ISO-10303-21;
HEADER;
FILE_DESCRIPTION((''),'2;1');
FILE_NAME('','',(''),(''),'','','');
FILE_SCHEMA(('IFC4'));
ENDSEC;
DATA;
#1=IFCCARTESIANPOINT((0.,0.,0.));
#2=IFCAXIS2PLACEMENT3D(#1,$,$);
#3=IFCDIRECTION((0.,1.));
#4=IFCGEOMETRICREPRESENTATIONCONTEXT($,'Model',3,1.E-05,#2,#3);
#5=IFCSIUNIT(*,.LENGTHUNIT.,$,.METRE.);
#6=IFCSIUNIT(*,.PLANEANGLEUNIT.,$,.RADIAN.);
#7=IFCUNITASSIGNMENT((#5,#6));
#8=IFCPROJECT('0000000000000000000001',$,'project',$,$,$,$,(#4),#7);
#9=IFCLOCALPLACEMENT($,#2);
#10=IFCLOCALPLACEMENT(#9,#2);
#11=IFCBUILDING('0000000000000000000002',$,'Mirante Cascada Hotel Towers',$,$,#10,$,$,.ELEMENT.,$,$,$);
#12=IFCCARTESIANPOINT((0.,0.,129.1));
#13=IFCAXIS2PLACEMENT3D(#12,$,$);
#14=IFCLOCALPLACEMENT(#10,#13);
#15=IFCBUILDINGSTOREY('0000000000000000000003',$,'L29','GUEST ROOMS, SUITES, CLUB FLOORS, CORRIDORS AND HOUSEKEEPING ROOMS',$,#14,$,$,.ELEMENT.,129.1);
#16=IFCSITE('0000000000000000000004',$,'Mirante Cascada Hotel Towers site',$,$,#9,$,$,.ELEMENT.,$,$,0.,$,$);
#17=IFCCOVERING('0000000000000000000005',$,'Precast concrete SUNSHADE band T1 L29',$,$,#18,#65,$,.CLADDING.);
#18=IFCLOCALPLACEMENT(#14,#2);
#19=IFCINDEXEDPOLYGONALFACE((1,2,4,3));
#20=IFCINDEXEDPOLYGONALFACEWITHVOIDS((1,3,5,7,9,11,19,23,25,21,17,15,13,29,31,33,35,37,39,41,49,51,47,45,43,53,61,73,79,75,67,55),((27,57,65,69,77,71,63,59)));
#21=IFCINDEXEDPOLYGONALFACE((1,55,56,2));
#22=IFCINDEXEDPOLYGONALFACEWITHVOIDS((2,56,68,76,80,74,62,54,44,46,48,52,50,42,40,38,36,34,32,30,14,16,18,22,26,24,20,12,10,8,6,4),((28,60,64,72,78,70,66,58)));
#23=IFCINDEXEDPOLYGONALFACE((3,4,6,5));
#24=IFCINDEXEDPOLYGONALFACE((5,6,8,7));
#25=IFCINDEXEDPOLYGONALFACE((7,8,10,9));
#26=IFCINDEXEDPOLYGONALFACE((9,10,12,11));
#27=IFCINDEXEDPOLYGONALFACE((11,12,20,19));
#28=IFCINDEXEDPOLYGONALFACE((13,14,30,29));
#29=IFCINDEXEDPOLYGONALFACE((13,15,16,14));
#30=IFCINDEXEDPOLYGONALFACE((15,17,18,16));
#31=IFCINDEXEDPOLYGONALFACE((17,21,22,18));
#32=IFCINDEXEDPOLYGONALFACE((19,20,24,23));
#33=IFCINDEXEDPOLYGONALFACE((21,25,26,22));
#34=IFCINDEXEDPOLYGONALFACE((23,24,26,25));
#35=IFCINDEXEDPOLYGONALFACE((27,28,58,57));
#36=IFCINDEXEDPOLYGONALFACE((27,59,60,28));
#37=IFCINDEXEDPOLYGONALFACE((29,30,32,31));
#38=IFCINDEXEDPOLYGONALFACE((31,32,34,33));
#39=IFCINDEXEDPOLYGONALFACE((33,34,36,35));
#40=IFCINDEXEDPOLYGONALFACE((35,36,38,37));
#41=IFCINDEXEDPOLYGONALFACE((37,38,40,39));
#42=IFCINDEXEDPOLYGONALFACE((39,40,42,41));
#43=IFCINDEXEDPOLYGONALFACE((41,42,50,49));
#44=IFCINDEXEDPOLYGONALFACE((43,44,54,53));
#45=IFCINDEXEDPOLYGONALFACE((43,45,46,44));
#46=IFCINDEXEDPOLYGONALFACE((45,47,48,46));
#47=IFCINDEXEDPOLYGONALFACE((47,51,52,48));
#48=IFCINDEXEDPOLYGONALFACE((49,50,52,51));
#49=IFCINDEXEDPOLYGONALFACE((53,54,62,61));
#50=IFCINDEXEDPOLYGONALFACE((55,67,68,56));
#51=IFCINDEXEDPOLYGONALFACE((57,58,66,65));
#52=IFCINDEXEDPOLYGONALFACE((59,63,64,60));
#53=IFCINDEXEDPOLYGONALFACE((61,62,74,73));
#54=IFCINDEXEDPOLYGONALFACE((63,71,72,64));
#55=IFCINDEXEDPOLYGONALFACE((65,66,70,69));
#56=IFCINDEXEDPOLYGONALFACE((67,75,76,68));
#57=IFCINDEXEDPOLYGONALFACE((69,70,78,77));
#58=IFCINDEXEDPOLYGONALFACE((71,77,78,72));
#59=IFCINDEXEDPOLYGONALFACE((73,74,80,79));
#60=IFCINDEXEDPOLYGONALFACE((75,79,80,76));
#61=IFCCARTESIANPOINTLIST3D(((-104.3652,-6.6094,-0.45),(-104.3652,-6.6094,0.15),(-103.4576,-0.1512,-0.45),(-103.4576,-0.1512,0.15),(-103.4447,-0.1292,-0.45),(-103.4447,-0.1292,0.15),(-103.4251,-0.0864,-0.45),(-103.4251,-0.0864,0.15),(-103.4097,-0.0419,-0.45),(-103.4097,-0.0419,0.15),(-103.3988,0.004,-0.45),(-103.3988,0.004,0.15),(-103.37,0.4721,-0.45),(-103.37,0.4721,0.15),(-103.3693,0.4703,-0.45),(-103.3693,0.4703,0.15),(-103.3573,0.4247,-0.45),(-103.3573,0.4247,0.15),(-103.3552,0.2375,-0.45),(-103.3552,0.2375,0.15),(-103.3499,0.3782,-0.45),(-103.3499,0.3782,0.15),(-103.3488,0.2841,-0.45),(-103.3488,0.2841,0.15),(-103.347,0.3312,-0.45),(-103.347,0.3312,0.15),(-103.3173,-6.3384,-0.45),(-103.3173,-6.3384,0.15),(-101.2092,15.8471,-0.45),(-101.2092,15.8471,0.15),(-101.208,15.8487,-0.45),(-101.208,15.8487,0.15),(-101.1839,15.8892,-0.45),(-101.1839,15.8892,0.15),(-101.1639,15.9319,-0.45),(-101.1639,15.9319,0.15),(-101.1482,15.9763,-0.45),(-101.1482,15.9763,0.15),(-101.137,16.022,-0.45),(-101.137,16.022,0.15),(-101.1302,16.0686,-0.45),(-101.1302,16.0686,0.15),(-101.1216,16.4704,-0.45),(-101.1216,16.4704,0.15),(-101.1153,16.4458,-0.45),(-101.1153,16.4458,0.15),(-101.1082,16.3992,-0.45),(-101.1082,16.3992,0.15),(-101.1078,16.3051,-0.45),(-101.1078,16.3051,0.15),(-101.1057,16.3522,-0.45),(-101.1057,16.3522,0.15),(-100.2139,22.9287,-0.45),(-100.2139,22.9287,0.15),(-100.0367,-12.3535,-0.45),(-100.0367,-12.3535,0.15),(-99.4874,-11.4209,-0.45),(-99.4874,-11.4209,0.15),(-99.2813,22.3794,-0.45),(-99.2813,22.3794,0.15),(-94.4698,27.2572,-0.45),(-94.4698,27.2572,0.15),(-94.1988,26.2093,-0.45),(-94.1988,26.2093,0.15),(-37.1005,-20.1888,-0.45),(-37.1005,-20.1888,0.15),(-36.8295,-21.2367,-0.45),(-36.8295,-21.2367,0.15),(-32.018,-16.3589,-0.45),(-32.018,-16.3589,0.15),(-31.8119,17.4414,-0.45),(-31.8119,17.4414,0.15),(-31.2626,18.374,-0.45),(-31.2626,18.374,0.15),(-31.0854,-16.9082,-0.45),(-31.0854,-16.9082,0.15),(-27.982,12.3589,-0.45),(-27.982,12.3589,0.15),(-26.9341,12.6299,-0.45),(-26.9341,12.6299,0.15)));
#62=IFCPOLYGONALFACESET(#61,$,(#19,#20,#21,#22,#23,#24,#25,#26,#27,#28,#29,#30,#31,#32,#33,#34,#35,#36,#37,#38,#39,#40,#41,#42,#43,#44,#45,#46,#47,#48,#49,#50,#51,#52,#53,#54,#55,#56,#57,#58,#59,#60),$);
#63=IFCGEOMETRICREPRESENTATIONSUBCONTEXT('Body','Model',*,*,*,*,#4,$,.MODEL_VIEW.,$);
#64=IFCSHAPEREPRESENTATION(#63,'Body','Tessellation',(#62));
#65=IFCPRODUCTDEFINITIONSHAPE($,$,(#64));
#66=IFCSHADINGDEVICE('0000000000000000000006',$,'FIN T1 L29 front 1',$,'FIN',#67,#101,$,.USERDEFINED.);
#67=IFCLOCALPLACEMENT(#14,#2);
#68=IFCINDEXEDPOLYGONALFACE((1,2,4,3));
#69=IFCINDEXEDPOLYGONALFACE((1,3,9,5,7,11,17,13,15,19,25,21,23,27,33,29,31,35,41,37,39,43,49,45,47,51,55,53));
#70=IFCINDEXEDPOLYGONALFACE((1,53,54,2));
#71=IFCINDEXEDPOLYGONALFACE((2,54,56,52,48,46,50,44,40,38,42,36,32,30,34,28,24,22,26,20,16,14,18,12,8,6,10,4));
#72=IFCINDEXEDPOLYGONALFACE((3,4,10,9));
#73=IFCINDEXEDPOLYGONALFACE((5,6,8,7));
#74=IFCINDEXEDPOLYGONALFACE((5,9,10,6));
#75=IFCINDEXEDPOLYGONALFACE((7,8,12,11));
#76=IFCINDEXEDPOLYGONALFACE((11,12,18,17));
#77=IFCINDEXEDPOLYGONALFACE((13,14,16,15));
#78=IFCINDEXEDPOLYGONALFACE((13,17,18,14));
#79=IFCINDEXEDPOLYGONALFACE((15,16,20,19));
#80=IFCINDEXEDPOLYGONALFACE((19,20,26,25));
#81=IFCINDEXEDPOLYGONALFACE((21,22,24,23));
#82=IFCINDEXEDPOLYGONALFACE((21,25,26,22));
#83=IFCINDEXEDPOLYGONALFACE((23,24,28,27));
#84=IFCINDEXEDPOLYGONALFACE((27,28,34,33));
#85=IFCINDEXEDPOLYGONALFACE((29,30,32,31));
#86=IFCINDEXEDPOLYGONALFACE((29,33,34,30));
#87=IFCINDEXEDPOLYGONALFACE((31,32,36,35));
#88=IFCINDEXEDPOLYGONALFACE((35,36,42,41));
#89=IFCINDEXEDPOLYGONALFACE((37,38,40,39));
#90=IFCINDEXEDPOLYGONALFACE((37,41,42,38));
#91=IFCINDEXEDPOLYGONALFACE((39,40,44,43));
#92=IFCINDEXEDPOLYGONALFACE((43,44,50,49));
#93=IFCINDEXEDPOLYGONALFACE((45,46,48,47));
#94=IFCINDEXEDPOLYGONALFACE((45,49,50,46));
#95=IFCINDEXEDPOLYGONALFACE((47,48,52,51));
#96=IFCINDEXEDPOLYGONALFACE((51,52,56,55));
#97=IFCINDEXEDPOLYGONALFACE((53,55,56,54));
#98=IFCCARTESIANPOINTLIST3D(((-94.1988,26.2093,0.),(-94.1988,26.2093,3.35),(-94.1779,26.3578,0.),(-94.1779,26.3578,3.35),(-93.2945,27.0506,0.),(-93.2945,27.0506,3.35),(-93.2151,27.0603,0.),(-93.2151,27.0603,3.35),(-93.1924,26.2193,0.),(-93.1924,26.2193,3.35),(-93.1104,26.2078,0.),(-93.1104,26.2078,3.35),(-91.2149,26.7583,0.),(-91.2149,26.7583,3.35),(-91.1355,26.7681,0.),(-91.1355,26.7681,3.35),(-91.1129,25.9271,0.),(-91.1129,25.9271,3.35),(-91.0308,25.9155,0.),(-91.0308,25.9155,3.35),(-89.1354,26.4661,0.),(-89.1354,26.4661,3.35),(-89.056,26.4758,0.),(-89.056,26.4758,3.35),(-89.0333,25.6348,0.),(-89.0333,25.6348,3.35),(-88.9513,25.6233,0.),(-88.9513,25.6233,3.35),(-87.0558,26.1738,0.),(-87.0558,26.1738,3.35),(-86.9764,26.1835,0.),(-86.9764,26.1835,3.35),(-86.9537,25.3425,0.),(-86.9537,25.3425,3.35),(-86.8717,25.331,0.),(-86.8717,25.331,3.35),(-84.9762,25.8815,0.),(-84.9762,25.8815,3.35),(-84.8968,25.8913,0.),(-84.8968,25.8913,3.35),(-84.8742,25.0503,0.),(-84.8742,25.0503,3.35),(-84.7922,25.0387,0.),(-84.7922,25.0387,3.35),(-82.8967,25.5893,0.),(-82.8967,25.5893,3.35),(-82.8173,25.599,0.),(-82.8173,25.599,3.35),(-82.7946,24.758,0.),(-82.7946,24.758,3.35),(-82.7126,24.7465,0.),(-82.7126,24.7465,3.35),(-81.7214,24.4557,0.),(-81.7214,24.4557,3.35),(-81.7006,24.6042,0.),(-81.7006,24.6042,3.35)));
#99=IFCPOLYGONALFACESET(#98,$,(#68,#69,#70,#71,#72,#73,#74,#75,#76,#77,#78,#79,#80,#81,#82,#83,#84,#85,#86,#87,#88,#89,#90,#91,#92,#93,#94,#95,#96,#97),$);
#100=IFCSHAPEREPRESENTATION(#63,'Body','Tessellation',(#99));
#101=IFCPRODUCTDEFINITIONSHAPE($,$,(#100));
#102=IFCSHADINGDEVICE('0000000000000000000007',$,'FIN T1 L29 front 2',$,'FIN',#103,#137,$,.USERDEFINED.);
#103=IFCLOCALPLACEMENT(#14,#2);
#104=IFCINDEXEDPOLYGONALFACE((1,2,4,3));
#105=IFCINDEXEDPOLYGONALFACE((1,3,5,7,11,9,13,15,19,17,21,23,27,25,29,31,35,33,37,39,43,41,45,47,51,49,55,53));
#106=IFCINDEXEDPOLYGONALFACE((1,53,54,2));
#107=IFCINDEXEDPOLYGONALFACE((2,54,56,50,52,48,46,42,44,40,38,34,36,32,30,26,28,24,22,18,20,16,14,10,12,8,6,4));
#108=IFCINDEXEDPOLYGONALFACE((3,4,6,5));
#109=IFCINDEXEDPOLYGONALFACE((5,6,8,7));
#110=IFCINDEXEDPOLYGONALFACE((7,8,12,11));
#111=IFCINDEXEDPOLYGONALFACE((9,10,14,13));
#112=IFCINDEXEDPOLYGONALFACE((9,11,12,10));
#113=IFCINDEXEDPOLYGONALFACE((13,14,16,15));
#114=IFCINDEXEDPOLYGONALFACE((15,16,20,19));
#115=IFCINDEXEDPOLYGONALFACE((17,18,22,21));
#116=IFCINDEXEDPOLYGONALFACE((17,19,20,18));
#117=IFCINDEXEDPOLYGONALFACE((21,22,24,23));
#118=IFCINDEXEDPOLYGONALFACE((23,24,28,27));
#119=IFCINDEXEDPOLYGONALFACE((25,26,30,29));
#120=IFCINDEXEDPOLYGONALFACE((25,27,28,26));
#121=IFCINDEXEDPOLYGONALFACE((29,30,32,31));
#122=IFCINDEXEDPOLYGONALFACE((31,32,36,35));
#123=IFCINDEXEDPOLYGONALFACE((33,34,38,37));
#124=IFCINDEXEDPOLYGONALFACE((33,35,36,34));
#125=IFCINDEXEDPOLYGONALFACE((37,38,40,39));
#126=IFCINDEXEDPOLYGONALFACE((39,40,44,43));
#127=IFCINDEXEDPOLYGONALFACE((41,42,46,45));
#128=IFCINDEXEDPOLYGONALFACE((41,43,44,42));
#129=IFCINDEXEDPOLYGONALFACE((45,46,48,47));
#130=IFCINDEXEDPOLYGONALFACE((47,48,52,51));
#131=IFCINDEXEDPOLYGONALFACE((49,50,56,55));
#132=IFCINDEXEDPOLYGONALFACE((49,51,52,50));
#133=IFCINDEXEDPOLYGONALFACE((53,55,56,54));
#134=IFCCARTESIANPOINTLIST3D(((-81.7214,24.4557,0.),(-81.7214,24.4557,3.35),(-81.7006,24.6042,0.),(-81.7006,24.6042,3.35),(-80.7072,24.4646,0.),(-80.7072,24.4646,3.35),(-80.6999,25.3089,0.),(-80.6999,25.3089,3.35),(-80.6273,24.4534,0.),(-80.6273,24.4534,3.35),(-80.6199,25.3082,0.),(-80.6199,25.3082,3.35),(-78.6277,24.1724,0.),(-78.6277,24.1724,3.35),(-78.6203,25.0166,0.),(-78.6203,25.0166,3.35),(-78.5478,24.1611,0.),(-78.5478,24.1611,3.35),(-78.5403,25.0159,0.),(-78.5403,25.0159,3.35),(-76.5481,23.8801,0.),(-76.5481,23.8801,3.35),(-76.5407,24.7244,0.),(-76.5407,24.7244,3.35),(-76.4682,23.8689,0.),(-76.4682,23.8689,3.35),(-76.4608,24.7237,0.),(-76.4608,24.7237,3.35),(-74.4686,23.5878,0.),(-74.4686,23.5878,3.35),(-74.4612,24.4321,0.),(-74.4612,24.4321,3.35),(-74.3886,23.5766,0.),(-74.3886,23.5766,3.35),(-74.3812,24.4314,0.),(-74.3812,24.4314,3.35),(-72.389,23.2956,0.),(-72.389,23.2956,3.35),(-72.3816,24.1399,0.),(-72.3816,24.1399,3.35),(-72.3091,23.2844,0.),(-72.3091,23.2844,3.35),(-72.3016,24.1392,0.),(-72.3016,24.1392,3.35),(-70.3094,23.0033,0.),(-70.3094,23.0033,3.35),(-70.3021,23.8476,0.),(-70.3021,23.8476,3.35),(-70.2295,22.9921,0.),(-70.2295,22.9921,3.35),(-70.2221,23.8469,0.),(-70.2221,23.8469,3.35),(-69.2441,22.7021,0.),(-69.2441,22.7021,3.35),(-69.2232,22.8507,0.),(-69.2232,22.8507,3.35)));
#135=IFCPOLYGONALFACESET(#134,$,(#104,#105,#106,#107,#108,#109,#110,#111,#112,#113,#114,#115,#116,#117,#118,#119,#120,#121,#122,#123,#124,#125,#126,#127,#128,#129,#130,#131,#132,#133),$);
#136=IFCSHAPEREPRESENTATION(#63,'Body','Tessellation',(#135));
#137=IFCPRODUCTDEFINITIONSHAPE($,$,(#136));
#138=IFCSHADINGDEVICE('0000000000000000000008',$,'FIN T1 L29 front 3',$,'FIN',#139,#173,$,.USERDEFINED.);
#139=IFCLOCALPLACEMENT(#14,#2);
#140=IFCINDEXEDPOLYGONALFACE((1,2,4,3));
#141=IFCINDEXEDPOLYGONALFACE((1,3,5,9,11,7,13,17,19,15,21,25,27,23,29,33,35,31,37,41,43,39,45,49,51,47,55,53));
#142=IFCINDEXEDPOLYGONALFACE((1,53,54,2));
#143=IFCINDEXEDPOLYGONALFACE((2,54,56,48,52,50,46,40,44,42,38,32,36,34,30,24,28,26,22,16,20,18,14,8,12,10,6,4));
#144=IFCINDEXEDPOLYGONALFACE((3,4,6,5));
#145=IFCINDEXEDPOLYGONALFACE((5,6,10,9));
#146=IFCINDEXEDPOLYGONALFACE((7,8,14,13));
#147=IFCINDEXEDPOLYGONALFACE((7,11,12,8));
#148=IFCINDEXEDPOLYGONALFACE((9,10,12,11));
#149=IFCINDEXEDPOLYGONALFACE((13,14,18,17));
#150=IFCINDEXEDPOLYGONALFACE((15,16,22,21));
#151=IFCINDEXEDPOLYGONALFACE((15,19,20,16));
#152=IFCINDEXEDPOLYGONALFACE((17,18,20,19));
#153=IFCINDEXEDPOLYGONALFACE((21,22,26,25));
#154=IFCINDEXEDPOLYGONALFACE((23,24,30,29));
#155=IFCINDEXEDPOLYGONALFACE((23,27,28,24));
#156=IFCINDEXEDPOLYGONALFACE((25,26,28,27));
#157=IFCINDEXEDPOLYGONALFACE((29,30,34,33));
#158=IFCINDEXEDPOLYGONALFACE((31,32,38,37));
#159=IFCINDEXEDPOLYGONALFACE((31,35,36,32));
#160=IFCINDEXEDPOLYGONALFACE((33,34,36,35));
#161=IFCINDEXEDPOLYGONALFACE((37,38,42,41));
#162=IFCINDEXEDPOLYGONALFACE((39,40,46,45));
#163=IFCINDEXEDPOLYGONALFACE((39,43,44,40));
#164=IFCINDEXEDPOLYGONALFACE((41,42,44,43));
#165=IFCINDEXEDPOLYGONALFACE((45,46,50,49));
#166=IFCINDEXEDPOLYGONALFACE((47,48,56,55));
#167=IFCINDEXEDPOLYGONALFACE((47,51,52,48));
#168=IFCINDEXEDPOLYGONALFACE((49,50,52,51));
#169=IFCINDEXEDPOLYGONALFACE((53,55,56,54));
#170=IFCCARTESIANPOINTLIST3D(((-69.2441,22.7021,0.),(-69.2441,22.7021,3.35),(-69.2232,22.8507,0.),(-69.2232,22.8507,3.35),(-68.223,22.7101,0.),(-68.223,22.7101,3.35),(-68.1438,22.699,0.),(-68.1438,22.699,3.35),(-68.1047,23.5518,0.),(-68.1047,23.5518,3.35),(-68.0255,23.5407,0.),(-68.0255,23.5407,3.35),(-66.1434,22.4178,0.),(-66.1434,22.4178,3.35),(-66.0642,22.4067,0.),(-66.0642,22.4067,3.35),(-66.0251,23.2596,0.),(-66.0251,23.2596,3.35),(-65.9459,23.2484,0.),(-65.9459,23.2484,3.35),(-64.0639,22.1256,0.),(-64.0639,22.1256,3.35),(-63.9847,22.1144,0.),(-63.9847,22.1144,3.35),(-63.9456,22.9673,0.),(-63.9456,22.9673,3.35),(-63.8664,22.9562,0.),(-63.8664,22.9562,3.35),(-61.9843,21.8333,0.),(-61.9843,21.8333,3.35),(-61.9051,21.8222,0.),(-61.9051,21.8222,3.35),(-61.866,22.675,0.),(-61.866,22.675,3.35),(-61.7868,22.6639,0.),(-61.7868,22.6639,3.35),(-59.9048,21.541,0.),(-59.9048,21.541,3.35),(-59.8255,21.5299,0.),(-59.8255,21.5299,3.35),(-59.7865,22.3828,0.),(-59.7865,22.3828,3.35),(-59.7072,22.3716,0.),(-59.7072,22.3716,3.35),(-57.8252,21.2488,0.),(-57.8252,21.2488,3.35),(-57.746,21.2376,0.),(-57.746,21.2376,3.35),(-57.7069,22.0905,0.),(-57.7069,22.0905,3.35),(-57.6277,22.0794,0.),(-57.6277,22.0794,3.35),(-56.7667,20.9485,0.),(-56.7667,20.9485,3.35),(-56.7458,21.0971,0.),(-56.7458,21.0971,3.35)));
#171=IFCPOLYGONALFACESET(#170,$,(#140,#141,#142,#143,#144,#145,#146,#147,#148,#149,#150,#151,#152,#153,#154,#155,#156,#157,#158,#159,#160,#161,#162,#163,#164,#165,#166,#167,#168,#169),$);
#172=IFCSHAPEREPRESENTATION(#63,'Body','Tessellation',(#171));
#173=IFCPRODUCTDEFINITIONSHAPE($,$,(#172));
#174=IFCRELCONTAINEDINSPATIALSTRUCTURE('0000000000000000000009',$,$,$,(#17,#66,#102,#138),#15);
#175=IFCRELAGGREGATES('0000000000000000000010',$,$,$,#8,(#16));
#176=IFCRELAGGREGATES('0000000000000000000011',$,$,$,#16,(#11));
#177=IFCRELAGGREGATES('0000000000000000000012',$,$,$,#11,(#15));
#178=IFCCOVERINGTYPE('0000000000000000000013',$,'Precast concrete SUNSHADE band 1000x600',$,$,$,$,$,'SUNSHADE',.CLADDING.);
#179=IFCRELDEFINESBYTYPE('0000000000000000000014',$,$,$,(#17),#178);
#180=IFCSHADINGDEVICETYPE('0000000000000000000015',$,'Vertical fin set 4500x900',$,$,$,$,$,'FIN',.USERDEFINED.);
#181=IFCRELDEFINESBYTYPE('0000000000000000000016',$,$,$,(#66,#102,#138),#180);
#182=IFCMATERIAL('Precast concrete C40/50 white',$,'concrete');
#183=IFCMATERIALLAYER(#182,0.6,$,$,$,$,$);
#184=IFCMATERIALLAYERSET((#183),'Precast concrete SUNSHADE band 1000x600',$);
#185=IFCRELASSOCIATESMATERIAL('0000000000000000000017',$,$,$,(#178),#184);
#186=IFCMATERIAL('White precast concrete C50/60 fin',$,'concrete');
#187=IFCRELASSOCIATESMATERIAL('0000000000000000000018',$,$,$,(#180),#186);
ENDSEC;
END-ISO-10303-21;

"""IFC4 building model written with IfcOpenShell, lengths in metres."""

from ifc_helpers import new_model, si_unit, direction, frame, origin, place, context, subcontext, project, spatial, polyline, outline, extrude, material, layer, layer_set, type_object, element, save


model = new_model("IFC4")

# Units and contexts
model_context = context("Model", 3, precision=1e-05, world=origin(), true_north=direction((0.0, 1.0)))
body_context = subcontext(model_context, "Body", "Model", "MODEL_VIEW")
ifc_project = project(units=[si_unit("LENGTHUNIT", "METRE"), si_unit("PLANEANGLEUNIT", "RADIAN")], contexts=[model_context])

# Site, building, storey
site_placement = place(None, origin())
site = spatial("IfcSite", under=ifc_project, at=site_placement, Name="Mirante Cascada Hotel Towers site", CompositionType="ELEMENT", RefElevation=0.0)
building_placement = place(site_placement, origin())
building = spatial("IfcBuilding", under=site, at=building_placement, Name="Mirante Cascada Hotel Towers", CompositionType="ELEMENT")
storey_placement = place(building_placement, frame((0.0, 0.0, 129.1)))
storey = spatial("IfcBuildingStorey", under=building, at=storey_placement, Name="L29", Description="GUEST ROOMS, SUITES, CLUB FLOORS, CORRIDORS AND HOUSEKEEPING ROOMS", CompositionType="ELEMENT", Elevation=129.1)

# Covering
ifc_material_1 = material(Name="Precast concrete C40/50 white", Category="concrete")
ifc_layer_1 = layer(ifc_material_1, 0.6)
ifc_layer_set_1 = layer_set([ifc_layer_1], Name="Precast concrete SUNSHADE band 1000x600")
covering_type = type_object("IfcCoveringType", Name="Precast concrete SUNSHADE band 1000x600", ElementType="SUNSHADE", PredefinedType="CLADDING", material=ifc_layer_set_1)
covering_placement = place(storey_placement, frame((0.0, 0.0, -0.45)))
element("IfcCovering", 1, at=covering_placement, inside=storey, type_object=covering_type, Name="Precast concrete SUNSHADE band T1 L29", PredefinedType="CLADDING", context=body_context, shape_type="SweptSolid", body=[
    extrude(outline(polyline([(-104.3652, -6.6094), (-103.4576, -0.1512), (-103.4447, -0.1292), (-103.4251, -0.0864), (-103.4097, -0.0419), (-103.3988, 0.004), (-103.3552, 0.2375), (-103.3488, 0.2841), (-103.347, 0.3312), (-103.3499, 0.3782), (-103.3573, 0.4247), (-103.3693, 0.4703), (-103.37, 0.4721), (-101.2092, 15.8471), (-101.208, 15.8487), (-101.1839, 15.8892), (-101.1639, 15.9319), (-101.1482, 15.9763), (-101.137, 16.022), (-101.1302, 16.0686), (-101.1078, 16.3051), (-101.1057, 16.3522), (-101.1082, 16.3992), (-101.1153, 16.4458), (-101.1216, 16.4704), (-100.2139, 22.9287), (-94.4698, 27.2572), (-31.2626, 18.374), (-26.9341, 12.6299), (-31.0854, -16.9082), (-36.8295, -21.2367), (-100.0367, -12.3535), (-104.3652, -6.6094)]), holes=[polyline([(-27.982, 12.3589), (-31.8119, 17.4414), (-94.1988, 26.2093), (-99.2813, 22.3794), (-103.3173, -6.3384), (-99.4874, -11.4209), (-37.1005, -20.1888), (-32.018, -16.3589), (-27.982, 12.3589)])]), origin(), (0.0, 0.0, 1.0), 0.6),
])

# Shading devices
ifc_material_2 = material(Name="White precast concrete C50/60 fin", Category="concrete")
shading_device_type = type_object("IfcShadingDeviceType", Name="Vertical fin set 4500x900", ElementType="FIN", PredefinedType="USERDEFINED", material=ifc_material_2)
shading_device_1_placement = place(storey_placement, origin())
element("IfcShadingDevice", 2, at=shading_device_1_placement, inside=storey, type_object=shading_device_type, Name="FIN T1 L29 front 1", ObjectType="FIN", PredefinedType="USERDEFINED", context=body_context, shape_type="SweptSolid", body=[
    extrude(outline(polyline([(-82.8173, 25.599), (-82.7126, 24.7465), (-81.7006, 24.6042), (-81.7214, 24.4557), (-94.1988, 26.2093), (-94.1779, 26.3578), (-93.1924, 26.2193), (-93.2945, 27.0506), (-93.2151, 27.0603), (-93.1104, 26.2078), (-91.1129, 25.9271), (-91.2149, 26.7583), (-91.1355, 26.7681), (-91.0308, 25.9155), (-89.0333, 25.6348), (-89.1354, 26.4661), (-89.056, 26.4758), (-88.9513, 25.6233), (-86.9537, 25.3425), (-87.0558, 26.1738), (-86.9764, 26.1835), (-86.8717, 25.331), (-84.8742, 25.0503), (-84.9762, 25.8815), (-84.8968, 25.8913), (-84.7922, 25.0387), (-82.7946, 24.758), (-82.8967, 25.5893), (-82.8173, 25.599)])), origin(), (0.0, 0.0, 1.0), 3.35),
])
shading_device_2_placement = place(storey_placement, origin())
element("IfcShadingDevice", 3, at=shading_device_2_placement, inside=storey, type_object=shading_device_type, Name="FIN T1 L29 front 2", ObjectType="FIN", PredefinedType="USERDEFINED", context=body_context, shape_type="SweptSolid", body=[
    extrude(outline(polyline([(-70.2221, 23.8469), (-70.2295, 22.9921), (-69.2232, 22.8507), (-69.2441, 22.7021), (-81.7214, 24.4557), (-81.7006, 24.6042), (-80.7072, 24.4646), (-80.6999, 25.3089), (-80.6199, 25.3082), (-80.6273, 24.4534), (-78.6277, 24.1724), (-78.6203, 25.0166), (-78.5403, 25.0159), (-78.5478, 24.1611), (-76.5481, 23.8801), (-76.5407, 24.7244), (-76.4608, 24.7237), (-76.4682, 23.8689), (-74.4686, 23.5878), (-74.4612, 24.4321), (-74.3812, 24.4314), (-74.3886, 23.5766), (-72.389, 23.2956), (-72.3816, 24.1399), (-72.3016, 24.1392), (-72.3091, 23.2844), (-70.3094, 23.0033), (-70.3021, 23.8476), (-70.2221, 23.8469)])), origin(), (0.0, 0.0, 1.0), 3.35),
])
shading_device_3_placement = place(storey_placement, origin())
element("IfcShadingDevice", 4, at=shading_device_3_placement, inside=storey, type_object=shading_device_type, Name="FIN T1 L29 front 3", ObjectType="FIN", PredefinedType="USERDEFINED", context=body_context, shape_type="SweptSolid", body=[
    extrude(outline(polyline([(-57.6277, 22.0794), (-57.746, 21.2376), (-56.7458, 21.0971), (-56.7667, 20.9485), (-69.2441, 22.7021), (-69.2232, 22.8507), (-68.223, 22.7101), (-68.1047, 23.5518), (-68.0255, 23.5407), (-68.1438, 22.699), (-66.1434, 22.4178), (-66.0251, 23.2596), (-65.9459, 23.2484), (-66.0642, 22.4067), (-64.0639, 22.1256), (-63.9456, 22.9673), (-63.8664, 22.9562), (-63.9847, 22.1144), (-61.9843, 21.8333), (-61.866, 22.675), (-61.7868, 22.6639), (-61.9051, 21.8222), (-59.9048, 21.541), (-59.7865, 22.3828), (-59.7072, 22.3716), (-59.8255, 21.5299), (-57.8252, 21.2488), (-57.7069, 22.0905), (-57.6277, 22.0794)])), origin(), (0.0, 0.0, 1.0), 3.35),
])

save(model, "model.ifc")
